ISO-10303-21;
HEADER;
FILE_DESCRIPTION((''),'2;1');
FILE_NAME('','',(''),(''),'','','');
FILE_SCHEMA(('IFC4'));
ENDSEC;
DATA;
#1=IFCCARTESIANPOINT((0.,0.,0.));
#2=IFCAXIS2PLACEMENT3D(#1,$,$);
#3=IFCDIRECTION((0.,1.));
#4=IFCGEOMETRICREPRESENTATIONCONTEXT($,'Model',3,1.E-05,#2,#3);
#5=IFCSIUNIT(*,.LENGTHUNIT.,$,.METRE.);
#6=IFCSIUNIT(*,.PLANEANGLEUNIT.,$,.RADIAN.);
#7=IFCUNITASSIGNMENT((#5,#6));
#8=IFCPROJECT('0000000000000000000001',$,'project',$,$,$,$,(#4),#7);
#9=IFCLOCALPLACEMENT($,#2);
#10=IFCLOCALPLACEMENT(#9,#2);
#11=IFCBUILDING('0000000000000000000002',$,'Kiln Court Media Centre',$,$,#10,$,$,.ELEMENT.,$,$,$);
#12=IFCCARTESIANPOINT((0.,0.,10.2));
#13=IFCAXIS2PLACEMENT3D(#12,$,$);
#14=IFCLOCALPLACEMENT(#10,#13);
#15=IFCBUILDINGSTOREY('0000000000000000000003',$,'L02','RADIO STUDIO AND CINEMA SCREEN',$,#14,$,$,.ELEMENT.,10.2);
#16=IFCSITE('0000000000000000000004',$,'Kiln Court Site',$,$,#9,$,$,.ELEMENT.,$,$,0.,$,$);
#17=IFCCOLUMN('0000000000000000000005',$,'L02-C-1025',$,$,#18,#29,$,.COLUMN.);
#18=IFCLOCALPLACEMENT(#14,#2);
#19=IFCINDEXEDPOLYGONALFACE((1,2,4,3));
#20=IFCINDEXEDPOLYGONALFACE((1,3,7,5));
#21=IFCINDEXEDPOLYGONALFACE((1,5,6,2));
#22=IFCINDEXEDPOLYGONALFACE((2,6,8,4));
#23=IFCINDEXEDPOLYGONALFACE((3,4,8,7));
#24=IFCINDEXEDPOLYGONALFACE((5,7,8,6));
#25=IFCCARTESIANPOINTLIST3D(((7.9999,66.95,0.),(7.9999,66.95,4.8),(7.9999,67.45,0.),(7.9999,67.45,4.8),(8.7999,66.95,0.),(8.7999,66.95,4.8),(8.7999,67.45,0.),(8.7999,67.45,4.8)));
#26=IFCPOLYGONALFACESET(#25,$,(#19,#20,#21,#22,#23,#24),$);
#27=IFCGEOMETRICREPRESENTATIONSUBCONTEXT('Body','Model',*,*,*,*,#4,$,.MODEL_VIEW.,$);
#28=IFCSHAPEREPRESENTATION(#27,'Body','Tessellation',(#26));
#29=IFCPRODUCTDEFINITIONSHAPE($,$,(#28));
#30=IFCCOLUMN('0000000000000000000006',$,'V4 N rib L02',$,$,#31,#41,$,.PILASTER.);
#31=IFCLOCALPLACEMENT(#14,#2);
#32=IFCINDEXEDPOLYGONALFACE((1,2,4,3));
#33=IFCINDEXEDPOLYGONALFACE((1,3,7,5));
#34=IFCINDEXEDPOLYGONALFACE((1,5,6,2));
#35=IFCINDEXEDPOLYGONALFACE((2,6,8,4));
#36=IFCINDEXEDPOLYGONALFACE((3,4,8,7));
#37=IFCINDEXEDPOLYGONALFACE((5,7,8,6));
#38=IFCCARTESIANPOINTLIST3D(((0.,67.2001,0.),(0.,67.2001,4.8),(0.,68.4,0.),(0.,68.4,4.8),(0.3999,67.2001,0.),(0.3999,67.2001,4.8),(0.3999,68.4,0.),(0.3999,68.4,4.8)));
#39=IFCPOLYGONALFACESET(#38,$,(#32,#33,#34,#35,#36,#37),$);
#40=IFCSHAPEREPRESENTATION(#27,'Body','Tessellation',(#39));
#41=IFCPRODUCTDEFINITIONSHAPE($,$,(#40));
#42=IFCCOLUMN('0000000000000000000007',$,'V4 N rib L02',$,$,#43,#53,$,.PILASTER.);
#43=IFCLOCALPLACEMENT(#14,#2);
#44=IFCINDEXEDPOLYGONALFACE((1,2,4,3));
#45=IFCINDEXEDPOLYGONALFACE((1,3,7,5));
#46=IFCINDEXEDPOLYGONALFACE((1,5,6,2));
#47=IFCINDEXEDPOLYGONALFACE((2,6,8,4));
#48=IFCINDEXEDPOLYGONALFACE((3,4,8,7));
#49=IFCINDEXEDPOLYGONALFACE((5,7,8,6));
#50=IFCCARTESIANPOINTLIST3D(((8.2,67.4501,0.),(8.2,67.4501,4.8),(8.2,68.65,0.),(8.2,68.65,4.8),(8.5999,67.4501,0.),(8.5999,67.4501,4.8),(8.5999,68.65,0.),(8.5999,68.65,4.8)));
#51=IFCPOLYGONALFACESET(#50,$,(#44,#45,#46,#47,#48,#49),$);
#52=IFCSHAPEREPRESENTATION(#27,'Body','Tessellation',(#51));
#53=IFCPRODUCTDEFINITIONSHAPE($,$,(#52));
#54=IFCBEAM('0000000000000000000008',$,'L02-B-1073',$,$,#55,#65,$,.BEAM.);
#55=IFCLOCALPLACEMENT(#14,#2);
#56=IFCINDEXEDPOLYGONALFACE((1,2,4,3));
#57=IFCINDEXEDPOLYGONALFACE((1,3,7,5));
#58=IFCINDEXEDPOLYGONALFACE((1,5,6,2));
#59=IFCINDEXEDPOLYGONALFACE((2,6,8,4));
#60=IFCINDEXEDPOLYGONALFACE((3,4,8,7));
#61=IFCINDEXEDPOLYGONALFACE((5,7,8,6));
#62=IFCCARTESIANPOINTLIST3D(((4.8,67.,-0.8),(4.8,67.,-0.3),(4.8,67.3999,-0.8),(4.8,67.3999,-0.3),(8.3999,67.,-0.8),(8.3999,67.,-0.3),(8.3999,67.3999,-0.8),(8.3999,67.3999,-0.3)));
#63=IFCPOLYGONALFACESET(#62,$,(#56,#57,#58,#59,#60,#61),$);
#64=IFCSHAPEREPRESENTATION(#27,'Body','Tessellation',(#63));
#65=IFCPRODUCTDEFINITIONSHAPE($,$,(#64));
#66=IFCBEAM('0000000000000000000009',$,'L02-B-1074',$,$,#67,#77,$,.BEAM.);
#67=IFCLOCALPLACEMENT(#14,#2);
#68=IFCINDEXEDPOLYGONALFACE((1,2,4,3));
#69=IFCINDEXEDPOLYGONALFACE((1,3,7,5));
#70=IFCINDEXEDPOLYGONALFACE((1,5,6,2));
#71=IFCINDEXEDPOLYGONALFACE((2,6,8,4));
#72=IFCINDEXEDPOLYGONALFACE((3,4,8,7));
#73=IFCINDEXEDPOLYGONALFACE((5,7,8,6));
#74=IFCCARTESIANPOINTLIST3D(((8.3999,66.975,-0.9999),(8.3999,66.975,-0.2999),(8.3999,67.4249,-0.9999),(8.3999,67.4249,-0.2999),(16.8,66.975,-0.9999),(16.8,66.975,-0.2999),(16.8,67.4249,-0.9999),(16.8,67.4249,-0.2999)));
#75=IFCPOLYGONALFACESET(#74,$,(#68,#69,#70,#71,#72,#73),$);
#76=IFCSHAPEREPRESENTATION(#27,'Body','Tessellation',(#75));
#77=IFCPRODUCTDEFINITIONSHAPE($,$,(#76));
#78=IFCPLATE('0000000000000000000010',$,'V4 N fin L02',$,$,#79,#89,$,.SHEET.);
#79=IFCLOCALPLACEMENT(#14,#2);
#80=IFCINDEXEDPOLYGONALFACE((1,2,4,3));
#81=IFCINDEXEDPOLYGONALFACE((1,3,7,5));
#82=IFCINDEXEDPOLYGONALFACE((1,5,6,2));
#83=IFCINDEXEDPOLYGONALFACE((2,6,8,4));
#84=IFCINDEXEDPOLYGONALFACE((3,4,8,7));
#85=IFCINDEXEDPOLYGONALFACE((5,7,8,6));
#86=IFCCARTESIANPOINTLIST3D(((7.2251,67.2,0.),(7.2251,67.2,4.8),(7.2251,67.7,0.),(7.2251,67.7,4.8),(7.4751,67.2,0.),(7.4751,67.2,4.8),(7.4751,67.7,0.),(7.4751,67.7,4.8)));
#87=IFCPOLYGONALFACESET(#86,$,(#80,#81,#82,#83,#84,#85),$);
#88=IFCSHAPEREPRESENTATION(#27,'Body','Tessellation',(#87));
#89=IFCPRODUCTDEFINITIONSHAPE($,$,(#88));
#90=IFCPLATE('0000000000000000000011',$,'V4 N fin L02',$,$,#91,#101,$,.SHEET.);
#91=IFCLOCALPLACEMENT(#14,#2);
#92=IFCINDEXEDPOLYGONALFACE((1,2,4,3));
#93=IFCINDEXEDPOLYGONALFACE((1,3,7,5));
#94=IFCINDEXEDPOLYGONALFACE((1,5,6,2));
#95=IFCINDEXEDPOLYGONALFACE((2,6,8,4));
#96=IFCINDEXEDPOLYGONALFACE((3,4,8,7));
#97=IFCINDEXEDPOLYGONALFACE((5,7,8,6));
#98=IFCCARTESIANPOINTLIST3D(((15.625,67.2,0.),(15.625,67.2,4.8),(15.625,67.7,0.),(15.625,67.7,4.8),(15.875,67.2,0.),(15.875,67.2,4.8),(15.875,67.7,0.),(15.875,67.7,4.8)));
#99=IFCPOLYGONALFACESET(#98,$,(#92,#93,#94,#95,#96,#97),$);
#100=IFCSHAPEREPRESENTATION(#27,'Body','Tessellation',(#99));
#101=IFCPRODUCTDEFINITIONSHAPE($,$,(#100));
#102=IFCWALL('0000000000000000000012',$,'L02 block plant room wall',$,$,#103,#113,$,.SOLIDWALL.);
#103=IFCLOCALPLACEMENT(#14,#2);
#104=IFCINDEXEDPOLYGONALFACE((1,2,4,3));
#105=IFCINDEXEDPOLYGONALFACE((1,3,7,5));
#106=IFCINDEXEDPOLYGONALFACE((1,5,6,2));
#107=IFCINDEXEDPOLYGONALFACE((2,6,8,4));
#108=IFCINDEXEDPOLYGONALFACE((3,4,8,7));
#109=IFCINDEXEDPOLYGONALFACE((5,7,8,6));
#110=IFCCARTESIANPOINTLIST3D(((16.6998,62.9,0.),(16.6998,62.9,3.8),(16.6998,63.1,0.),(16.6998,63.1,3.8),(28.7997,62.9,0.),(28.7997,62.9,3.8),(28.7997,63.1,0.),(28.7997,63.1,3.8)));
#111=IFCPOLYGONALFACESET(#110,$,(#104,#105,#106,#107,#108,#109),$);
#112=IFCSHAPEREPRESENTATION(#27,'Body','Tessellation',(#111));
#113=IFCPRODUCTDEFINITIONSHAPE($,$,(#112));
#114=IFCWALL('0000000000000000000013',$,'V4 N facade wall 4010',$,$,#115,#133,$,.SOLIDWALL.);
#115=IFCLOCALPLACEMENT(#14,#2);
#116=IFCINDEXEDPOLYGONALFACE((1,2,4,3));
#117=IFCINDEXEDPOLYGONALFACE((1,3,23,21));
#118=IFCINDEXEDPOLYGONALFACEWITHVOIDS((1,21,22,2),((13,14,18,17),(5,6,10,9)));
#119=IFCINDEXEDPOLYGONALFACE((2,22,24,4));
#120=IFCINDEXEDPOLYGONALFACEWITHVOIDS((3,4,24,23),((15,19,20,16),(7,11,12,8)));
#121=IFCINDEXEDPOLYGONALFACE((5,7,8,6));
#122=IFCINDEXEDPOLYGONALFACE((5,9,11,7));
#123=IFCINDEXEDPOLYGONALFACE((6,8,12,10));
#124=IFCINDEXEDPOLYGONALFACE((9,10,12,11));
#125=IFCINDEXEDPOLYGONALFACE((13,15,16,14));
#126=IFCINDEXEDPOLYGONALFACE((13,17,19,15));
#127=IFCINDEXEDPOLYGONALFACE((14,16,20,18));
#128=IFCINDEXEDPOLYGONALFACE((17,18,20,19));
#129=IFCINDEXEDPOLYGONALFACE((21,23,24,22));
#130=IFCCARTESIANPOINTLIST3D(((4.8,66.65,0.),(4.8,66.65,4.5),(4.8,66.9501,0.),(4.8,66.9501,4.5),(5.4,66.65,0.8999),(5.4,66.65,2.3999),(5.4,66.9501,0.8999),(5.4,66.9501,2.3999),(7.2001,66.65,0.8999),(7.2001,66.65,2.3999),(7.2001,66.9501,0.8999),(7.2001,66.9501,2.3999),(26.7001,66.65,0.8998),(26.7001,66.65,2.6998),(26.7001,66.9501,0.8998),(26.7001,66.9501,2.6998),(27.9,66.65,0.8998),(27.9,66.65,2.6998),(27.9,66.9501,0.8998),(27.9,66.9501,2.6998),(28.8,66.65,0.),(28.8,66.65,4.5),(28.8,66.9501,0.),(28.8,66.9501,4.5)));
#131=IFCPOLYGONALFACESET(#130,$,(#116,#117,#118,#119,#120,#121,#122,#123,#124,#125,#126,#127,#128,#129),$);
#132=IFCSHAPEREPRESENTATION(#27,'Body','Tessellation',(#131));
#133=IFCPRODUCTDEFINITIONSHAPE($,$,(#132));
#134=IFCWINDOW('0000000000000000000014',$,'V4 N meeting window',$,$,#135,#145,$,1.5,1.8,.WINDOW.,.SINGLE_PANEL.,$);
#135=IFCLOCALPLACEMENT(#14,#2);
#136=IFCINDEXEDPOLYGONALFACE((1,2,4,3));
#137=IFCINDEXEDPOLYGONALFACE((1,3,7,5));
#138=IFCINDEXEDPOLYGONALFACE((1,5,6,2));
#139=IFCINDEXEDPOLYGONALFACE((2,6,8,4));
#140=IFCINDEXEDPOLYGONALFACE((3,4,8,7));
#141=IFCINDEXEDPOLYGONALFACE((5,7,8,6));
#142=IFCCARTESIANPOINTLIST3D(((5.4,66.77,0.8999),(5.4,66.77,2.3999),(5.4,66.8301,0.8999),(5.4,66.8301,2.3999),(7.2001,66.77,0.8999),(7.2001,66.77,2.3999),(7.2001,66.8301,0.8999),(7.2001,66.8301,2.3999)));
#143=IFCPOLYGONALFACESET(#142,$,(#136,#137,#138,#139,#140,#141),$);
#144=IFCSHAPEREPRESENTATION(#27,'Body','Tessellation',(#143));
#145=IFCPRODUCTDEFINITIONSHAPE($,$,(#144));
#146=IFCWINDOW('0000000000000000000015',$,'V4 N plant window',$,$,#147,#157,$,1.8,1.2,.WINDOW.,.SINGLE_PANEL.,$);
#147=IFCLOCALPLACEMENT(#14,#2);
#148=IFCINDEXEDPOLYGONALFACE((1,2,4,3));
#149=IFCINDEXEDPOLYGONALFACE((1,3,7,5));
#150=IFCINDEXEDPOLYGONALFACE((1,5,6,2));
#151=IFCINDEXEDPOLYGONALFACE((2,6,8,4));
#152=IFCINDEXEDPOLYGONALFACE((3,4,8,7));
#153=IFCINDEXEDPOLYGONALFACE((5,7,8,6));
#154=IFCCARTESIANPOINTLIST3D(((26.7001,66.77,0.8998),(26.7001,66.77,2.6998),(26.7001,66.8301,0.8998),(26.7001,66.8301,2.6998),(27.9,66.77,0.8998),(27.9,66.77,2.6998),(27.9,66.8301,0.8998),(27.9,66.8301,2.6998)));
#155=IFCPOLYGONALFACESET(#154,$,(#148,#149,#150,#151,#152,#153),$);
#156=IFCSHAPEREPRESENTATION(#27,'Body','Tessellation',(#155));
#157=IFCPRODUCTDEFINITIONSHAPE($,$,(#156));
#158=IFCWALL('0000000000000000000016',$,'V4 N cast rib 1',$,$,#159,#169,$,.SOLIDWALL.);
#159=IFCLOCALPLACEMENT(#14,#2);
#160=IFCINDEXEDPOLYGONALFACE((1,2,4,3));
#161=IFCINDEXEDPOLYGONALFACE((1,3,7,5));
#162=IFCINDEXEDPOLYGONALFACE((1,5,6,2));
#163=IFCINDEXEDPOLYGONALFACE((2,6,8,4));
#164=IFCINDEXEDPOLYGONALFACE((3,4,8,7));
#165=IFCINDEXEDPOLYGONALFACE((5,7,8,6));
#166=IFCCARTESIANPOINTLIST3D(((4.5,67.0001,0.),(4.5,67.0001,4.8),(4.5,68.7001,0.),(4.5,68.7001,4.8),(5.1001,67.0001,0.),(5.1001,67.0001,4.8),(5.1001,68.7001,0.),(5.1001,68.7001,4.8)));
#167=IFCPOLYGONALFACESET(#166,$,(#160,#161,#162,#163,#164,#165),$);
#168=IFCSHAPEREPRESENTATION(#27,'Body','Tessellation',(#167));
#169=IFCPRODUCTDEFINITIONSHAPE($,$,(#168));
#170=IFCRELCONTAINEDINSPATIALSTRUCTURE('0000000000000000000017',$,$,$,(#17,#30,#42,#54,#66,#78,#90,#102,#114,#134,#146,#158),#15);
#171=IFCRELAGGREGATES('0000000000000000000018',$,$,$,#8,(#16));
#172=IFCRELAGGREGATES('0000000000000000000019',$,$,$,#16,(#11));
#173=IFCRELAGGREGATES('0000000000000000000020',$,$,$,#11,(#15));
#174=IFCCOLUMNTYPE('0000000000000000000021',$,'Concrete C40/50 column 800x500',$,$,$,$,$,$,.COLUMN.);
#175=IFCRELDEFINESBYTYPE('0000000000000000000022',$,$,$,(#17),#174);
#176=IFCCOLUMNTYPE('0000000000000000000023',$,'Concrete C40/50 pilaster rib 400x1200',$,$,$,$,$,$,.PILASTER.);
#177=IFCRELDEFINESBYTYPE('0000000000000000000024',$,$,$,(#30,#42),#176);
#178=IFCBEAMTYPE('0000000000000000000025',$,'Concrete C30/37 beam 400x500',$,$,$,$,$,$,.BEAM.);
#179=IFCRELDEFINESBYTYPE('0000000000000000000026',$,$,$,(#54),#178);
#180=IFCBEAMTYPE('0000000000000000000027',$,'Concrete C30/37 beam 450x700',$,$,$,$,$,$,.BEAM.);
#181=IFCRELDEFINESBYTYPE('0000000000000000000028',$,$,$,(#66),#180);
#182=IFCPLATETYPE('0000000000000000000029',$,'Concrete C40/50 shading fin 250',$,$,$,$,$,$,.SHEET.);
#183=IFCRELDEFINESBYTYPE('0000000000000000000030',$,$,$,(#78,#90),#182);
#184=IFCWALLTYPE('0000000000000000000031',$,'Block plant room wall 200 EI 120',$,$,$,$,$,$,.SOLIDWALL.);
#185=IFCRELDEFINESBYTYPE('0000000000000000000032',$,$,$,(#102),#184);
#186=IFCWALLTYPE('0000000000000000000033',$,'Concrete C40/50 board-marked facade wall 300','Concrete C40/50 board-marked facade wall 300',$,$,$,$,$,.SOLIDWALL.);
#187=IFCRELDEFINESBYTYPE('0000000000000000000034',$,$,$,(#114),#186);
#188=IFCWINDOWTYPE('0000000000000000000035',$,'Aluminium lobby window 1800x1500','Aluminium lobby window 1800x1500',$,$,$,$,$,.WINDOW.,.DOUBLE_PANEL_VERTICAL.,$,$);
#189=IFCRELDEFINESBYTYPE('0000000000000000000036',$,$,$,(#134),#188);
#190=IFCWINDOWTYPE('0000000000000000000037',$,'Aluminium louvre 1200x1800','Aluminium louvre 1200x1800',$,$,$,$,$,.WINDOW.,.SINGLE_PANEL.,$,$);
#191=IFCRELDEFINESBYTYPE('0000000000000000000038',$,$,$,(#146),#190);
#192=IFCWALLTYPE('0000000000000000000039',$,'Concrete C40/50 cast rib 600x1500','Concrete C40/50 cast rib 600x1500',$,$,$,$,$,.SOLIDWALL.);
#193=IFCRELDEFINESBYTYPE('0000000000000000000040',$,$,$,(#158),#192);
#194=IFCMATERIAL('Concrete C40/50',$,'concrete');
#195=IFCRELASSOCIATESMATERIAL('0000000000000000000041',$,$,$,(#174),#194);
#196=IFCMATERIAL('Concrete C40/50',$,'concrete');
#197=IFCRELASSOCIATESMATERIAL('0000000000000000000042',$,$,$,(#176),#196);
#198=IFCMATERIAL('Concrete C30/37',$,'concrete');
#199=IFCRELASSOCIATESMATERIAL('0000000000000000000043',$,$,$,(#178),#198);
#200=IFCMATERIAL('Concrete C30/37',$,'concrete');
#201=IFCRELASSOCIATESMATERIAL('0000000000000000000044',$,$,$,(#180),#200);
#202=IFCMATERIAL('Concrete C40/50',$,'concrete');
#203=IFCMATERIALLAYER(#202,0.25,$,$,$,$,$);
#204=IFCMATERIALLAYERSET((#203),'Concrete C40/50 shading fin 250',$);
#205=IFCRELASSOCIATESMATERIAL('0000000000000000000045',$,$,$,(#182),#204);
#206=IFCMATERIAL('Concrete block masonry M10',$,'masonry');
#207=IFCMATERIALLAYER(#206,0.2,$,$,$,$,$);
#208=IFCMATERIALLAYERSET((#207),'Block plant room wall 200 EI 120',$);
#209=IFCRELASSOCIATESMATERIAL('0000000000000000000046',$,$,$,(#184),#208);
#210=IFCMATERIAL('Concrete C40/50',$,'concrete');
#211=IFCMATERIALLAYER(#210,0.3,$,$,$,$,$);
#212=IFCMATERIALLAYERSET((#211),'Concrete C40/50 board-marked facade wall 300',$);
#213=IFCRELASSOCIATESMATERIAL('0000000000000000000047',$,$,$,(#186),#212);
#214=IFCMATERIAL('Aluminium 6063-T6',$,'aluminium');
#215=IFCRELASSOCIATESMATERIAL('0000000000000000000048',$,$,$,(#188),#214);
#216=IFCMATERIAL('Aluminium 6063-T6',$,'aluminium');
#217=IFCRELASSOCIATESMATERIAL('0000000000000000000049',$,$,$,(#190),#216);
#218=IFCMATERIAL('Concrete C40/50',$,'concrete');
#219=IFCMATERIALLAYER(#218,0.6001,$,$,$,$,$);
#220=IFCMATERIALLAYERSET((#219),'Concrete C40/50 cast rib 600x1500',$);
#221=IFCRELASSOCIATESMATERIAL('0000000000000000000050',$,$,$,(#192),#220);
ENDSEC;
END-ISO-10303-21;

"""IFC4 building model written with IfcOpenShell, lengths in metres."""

from ifc_helpers import new_model, si_unit, direction, frame, frame_2d, origin, origin_2d, place, context, subcontext, project, spatial, rectangle, extrude, material, layer, layer_set, material_profile, profile_set, type_object, element, fill, save


model = new_model("IFC4")

# Units and contexts
model_context = context("Model", 3, precision=1e-05, world=origin(), true_north=direction((0.0, 1.0)))
body_context = subcontext(model_context, "Body", "Model", "MODEL_VIEW")
ifc_project = project(units=[si_unit("LENGTHUNIT", "METRE"), si_unit("PLANEANGLEUNIT", "RADIAN")], contexts=[model_context])

# Site, building, storey
site_placement = place(None, origin())
site = spatial("IfcSite", under=ifc_project, at=site_placement, Name="Kiln Court Site", CompositionType="ELEMENT", RefElevation=0.0)
building_placement = place(site_placement, origin())
building = spatial("IfcBuilding", under=site, at=building_placement, Name="Kiln Court Media Centre", CompositionType="ELEMENT")
storey_placement = place(building_placement, frame((0.0, 0.0, 10.2)))
storey = spatial("IfcBuildingStorey", under=building, at=storey_placement, Name="L02", Description="RADIO STUDIO AND CINEMA SCREEN", CompositionType="ELEMENT", Elevation=10.2)

# Columns
ifc_material_1 = material(Name="Concrete C40/50", Category="concrete")
ifc_material_profile_1 = material_profile(ifc_material_1, rectangle(XDim=0.8, YDim=0.5, at=origin_2d()), Name="RC 800x500")
ifc_profile_set_1 = profile_set([ifc_material_profile_1], Name="Concrete C40/50")
column_type_1 = type_object("IfcColumnType", Name="Concrete C40/50 column 800x500", PredefinedType="COLUMN", material=ifc_profile_set_1)
column_placement = place(storey_placement, frame((8.3999, 67.2, 0.0), z_axis=(0.0, 0.0, 1.0), x_axis=(1.0, 0.0, 0.0)))
element("IfcColumn", 1, at=column_placement, inside=storey, type_object=column_type_1, Name="L02-C-1025", PredefinedType="COLUMN", context=body_context, shape_type="SweptSolid", body=[
    extrude(rectangle(XDim=0.8, YDim=0.5, at=origin_2d()), origin(), (0.0, 0.0, 1.0), 4.8),
])
ifc_material_2 = material(Name="Concrete C40/50", Category="concrete")
ifc_material_profile_2 = material_profile(ifc_material_2, rectangle(XDim=0.3999, YDim=1.2, at=origin_2d()), Name="RC 400x1200")
ifc_profile_set_2 = profile_set([ifc_material_profile_2], Name="Concrete C40/50")
column_type_2 = type_object("IfcColumnType", Name="Concrete C40/50 pilaster rib 400x1200", PredefinedType="PILASTER", material=ifc_profile_set_2)
for number, where, z_axis, x_axis, name in (
    (2, (0.2, 67.8, 0.0), (0.0, 0.0, 1.0), (1.0, 0.0, 0.0), "V4 N rib L02"),
    (3, (8.3999, 68.05, 0.0), (0.0, 0.0, 1.0), (1.0, 0.0, 0.0), "V4 N rib L02"),
):
    element("IfcColumn", number, at=place(storey_placement, frame(where, z_axis=z_axis, x_axis=x_axis)), inside=storey, type_object=column_type_2, Name=name, PredefinedType="PILASTER", context=body_context, shape_type="SweptSolid", body=[
        extrude(rectangle(XDim=0.3999, YDim=1.2, at=origin_2d()), origin(), (0.0, 0.0, 1.0), 4.8),
    ])

# Beams
ifc_material_3 = material(Name="Concrete C30/37", Category="concrete")
ifc_material_profile_3 = material_profile(ifc_material_3, rectangle(XDim=0.3999, YDim=0.5, at=origin_2d()), Name="RC 400x500")
ifc_profile_set_3 = profile_set([ifc_material_profile_3], Name="Concrete C30/37")
beam_type_1 = type_object("IfcBeamType", Name="Concrete C30/37 beam 400x500", PredefinedType="BEAM", material=ifc_profile_set_3)
beam_1_placement = place(storey_placement, frame((4.8, 67.2, -0.55), z_axis=(1.0, 0.0, 0.0), x_axis=(0.0, 1.0, 0.0)))
element("IfcBeam", 4, at=beam_1_placement, inside=storey, type_object=beam_type_1, Name="L02-B-1073", PredefinedType="BEAM", context=body_context, shape_type="SweptSolid", body=[
    extrude(rectangle(XDim=0.3999, YDim=0.5, at=origin_2d()), origin(), (0.0, 0.0, 1.0), 3.5999),
])
ifc_material_4 = material(Name="Concrete C30/37", Category="concrete")
ifc_material_profile_4 = material_profile(ifc_material_4, rectangle(XDim=0.45, YDim=0.7, at=origin_2d()), Name="RC 450x700")
ifc_profile_set_4 = profile_set([ifc_material_profile_4], Name="Concrete C30/37")
beam_type_2 = type_object("IfcBeamType", Name="Concrete C30/37 beam 450x700", PredefinedType="BEAM", material=ifc_profile_set_4)
beam_2_placement = place(storey_placement, frame((8.3999, 67.2, -0.6499), z_axis=(1.0, 0.0, 0.0), x_axis=(0.0, 1.0, 0.0)))
element("IfcBeam", 5, at=beam_2_placement, inside=storey, type_object=beam_type_2, Name="L02-B-1074", PredefinedType="BEAM", context=body_context, shape_type="SweptSolid", body=[
    extrude(rectangle(XDim=0.45, YDim=0.7, at=origin_2d()), origin(), (0.0, 0.0, 1.0), 8.4001),
])

# Plates
ifc_material_5 = material(Name="Concrete C40/50", Category="concrete")
ifc_layer_1 = layer(ifc_material_5, 0.25)
ifc_layer_set_1 = layer_set([ifc_layer_1], Name="Concrete C40/50 shading fin 250")
plate_type = type_object("IfcPlateType", Name="Concrete C40/50 shading fin 250", PredefinedType="SHEET", material=ifc_layer_set_1)
for number, where, z_axis, x_axis, name in (
    (6, (7.3501, 67.45, 0.0), (0.0, 0.0, 1.0), (1.0, 0.0, 0.0), "V4 N fin L02"),
    (7, (15.75, 67.45, 0.0), (0.0, 0.0, 1.0), (1.0, 0.0, 0.0), "V4 N fin L02"),
):
    element("IfcPlate", number, at=place(storey_placement, frame(where, z_axis=z_axis, x_axis=x_axis)), inside=storey, type_object=plate_type, Name=name, PredefinedType="SHEET", context=body_context, shape_type="SweptSolid", body=[
        extrude(rectangle(XDim=0.25, YDim=0.5, at=origin_2d()), origin(), (0.0, 0.0, 1.0), 4.8),
    ])

# Wall
ifc_material_6 = material(Name="Concrete block masonry M10", Category="masonry")
ifc_layer_2 = layer(ifc_material_6, 0.2)
ifc_layer_set_2 = layer_set([ifc_layer_2], Name="Block plant room wall 200 EI 120")
wall_type_1 = type_object("IfcWallType", Name="Block plant room wall 200 EI 120", PredefinedType="SOLIDWALL", material=ifc_layer_set_2)
wall_1_placement = place(storey_placement, frame((16.7, 63.0, 0.0), z_axis=(0.0, 0.0, 1.0), x_axis=(1.0, 0.0, 0.0)))
element("IfcWall", 8, at=wall_1_placement, inside=storey, type_object=wall_type_1, Name="L02 block plant room wall", PredefinedType="SOLIDWALL", context=body_context, shape_type="SweptSolid", body=[
    extrude(rectangle(XDim=12.0999, YDim=0.2, at=frame_2d((6.0498, 0.0))), origin(), (0.0, 0.0, 1.0), 3.8),
])

# Wall, openings, windows
ifc_material_7 = material(Name="Concrete C40/50", Category="concrete")
ifc_layer_3 = layer(ifc_material_7, 0.3)
ifc_layer_set_3 = layer_set([ifc_layer_3], Name="Concrete C40/50 board-marked facade wall 300")
wall_type_2 = type_object("IfcWallType", Name="Concrete C40/50 board-marked facade wall 300", Description="Concrete C40/50 board-marked facade wall 300", PredefinedType="SOLIDWALL", material=ifc_layer_set_3)
wall_2_placement = place(storey_placement, frame((4.8, 66.8, 0.0), z_axis=(0.0, 0.0, 1.0), x_axis=(1.0, 0.0, 0.0)))
wall_2 = element("IfcWall", 9, at=wall_2_placement, inside=storey, type_object=wall_type_2, Name="V4 N facade wall 4010", PredefinedType="SOLIDWALL", context=body_context, shape_type="SweptSolid", body=[
    extrude(rectangle(XDim=24.0, YDim=0.3, at=frame_2d((12.0, 0.0))), origin(), (0.0, 0.0, 1.0), 4.5),
])
opening_1_placement = place(wall_2_placement, frame((0.6001, 0.0, 0.8999)))
opening_1 = element("IfcOpeningElement", 10, at=opening_1_placement, cuts=wall_2, PredefinedType="OPENING", context=body_context, shape_type="SweptSolid", body=[
    extrude(rectangle(XDim=1.8, YDim=1.5, at=frame_2d((0.8999, 0.75))), frame((0.0, 0.1599, 0.0), z_axis=(0.0, -1.0, 0.0), x_axis=(1.0, 0.0, 0.0)), (0.0, 0.0, 1.0), 0.3201),
])
opening_2_placement = place(wall_2_placement, frame((21.8999, 0.0, 0.8999)))
opening_2 = element("IfcOpeningElement", 11, at=opening_2_placement, cuts=wall_2, PredefinedType="OPENING", context=body_context, shape_type="SweptSolid", body=[
    extrude(rectangle(XDim=1.2, YDim=1.8, at=frame_2d((0.6001, 0.8999))), frame((0.0, 0.1599, 0.0), z_axis=(0.0, -1.0, 0.0), x_axis=(1.0, 0.0, 0.0)), (0.0, 0.0, 1.0), 0.3201),
])
ifc_material_8 = material(Name="Aluminium 6063-T6", Category="aluminium")
window_type_1 = type_object("IfcWindowType", Name="Aluminium lobby window 1800x1500", Description="Aluminium lobby window 1800x1500", PartitioningType="DOUBLE_PANEL_VERTICAL", PredefinedType="WINDOW", material=ifc_material_8)
window_1_placement = place(opening_1_placement, origin())
window_1 = element("IfcWindow", 12, at=window_1_placement, inside=storey, type_object=window_type_1, Name="V4 N meeting window", OverallHeight=1.5, OverallWidth=1.8, PartitioningType="SINGLE_PANEL", PredefinedType="WINDOW", context=body_context, shape_type="SweptSolid", body=[
    extrude(rectangle(XDim=1.8, YDim=1.5, at=frame_2d((0.8999, 0.75))), frame((0.0, 0.03, 0.0), z_axis=(0.0, -1.0, 0.0), x_axis=(1.0, 0.0, 0.0)), (0.0, 0.0, 1.0), 0.0601),
])
fill(opening_1, window_1)
ifc_material_9 = material(Name="Aluminium 6063-T6", Category="aluminium")
window_type_2 = type_object("IfcWindowType", Name="Aluminium louvre 1200x1800", Description="Aluminium louvre 1200x1800", PartitioningType="SINGLE_PANEL", PredefinedType="WINDOW", material=ifc_material_9)
window_2_placement = place(opening_2_placement, origin())
window_2 = element("IfcWindow", 13, at=window_2_placement, inside=storey, type_object=window_type_2, Name="V4 N plant window", OverallHeight=1.8, OverallWidth=1.2, PartitioningType="SINGLE_PANEL", PredefinedType="WINDOW", context=body_context, shape_type="SweptSolid", body=[
    extrude(rectangle(XDim=1.2, YDim=1.8, at=frame_2d((0.6001, 0.8999))), frame((0.0, 0.03, 0.0), z_axis=(0.0, -1.0, 0.0), x_axis=(1.0, 0.0, 0.0)), (0.0, 0.0, 1.0), 0.0601),
])
fill(opening_2, window_2)

# Wall
ifc_material_10 = material(Name="Concrete C40/50", Category="concrete")
ifc_layer_4 = layer(ifc_material_10, 0.6001)
ifc_layer_set_4 = layer_set([ifc_layer_4], Name="Concrete C40/50 cast rib 600x1500")
wall_type_3 = type_object("IfcWallType", Name="Concrete C40/50 cast rib 600x1500", Description="Concrete C40/50 cast rib 600x1500", PredefinedType="SOLIDWALL", material=ifc_layer_set_4)
wall_3_placement = place(storey_placement, frame((4.8, 67.0, 0.0), z_axis=(0.0, 0.0, 1.0), x_axis=(0.0, 1.0, 0.0)))
element("IfcWall", 14, at=wall_3_placement, inside=storey, type_object=wall_type_3, Name="V4 N cast rib 1", PredefinedType="SOLIDWALL", context=body_context, shape_type="SweptSolid", body=[
    extrude(rectangle(XDim=1.7, YDim=0.6001, at=frame_2d((0.8501, 0.0))), origin(), (0.0, 0.0, 1.0), 4.8),
])

save(model, "model.ifc")
